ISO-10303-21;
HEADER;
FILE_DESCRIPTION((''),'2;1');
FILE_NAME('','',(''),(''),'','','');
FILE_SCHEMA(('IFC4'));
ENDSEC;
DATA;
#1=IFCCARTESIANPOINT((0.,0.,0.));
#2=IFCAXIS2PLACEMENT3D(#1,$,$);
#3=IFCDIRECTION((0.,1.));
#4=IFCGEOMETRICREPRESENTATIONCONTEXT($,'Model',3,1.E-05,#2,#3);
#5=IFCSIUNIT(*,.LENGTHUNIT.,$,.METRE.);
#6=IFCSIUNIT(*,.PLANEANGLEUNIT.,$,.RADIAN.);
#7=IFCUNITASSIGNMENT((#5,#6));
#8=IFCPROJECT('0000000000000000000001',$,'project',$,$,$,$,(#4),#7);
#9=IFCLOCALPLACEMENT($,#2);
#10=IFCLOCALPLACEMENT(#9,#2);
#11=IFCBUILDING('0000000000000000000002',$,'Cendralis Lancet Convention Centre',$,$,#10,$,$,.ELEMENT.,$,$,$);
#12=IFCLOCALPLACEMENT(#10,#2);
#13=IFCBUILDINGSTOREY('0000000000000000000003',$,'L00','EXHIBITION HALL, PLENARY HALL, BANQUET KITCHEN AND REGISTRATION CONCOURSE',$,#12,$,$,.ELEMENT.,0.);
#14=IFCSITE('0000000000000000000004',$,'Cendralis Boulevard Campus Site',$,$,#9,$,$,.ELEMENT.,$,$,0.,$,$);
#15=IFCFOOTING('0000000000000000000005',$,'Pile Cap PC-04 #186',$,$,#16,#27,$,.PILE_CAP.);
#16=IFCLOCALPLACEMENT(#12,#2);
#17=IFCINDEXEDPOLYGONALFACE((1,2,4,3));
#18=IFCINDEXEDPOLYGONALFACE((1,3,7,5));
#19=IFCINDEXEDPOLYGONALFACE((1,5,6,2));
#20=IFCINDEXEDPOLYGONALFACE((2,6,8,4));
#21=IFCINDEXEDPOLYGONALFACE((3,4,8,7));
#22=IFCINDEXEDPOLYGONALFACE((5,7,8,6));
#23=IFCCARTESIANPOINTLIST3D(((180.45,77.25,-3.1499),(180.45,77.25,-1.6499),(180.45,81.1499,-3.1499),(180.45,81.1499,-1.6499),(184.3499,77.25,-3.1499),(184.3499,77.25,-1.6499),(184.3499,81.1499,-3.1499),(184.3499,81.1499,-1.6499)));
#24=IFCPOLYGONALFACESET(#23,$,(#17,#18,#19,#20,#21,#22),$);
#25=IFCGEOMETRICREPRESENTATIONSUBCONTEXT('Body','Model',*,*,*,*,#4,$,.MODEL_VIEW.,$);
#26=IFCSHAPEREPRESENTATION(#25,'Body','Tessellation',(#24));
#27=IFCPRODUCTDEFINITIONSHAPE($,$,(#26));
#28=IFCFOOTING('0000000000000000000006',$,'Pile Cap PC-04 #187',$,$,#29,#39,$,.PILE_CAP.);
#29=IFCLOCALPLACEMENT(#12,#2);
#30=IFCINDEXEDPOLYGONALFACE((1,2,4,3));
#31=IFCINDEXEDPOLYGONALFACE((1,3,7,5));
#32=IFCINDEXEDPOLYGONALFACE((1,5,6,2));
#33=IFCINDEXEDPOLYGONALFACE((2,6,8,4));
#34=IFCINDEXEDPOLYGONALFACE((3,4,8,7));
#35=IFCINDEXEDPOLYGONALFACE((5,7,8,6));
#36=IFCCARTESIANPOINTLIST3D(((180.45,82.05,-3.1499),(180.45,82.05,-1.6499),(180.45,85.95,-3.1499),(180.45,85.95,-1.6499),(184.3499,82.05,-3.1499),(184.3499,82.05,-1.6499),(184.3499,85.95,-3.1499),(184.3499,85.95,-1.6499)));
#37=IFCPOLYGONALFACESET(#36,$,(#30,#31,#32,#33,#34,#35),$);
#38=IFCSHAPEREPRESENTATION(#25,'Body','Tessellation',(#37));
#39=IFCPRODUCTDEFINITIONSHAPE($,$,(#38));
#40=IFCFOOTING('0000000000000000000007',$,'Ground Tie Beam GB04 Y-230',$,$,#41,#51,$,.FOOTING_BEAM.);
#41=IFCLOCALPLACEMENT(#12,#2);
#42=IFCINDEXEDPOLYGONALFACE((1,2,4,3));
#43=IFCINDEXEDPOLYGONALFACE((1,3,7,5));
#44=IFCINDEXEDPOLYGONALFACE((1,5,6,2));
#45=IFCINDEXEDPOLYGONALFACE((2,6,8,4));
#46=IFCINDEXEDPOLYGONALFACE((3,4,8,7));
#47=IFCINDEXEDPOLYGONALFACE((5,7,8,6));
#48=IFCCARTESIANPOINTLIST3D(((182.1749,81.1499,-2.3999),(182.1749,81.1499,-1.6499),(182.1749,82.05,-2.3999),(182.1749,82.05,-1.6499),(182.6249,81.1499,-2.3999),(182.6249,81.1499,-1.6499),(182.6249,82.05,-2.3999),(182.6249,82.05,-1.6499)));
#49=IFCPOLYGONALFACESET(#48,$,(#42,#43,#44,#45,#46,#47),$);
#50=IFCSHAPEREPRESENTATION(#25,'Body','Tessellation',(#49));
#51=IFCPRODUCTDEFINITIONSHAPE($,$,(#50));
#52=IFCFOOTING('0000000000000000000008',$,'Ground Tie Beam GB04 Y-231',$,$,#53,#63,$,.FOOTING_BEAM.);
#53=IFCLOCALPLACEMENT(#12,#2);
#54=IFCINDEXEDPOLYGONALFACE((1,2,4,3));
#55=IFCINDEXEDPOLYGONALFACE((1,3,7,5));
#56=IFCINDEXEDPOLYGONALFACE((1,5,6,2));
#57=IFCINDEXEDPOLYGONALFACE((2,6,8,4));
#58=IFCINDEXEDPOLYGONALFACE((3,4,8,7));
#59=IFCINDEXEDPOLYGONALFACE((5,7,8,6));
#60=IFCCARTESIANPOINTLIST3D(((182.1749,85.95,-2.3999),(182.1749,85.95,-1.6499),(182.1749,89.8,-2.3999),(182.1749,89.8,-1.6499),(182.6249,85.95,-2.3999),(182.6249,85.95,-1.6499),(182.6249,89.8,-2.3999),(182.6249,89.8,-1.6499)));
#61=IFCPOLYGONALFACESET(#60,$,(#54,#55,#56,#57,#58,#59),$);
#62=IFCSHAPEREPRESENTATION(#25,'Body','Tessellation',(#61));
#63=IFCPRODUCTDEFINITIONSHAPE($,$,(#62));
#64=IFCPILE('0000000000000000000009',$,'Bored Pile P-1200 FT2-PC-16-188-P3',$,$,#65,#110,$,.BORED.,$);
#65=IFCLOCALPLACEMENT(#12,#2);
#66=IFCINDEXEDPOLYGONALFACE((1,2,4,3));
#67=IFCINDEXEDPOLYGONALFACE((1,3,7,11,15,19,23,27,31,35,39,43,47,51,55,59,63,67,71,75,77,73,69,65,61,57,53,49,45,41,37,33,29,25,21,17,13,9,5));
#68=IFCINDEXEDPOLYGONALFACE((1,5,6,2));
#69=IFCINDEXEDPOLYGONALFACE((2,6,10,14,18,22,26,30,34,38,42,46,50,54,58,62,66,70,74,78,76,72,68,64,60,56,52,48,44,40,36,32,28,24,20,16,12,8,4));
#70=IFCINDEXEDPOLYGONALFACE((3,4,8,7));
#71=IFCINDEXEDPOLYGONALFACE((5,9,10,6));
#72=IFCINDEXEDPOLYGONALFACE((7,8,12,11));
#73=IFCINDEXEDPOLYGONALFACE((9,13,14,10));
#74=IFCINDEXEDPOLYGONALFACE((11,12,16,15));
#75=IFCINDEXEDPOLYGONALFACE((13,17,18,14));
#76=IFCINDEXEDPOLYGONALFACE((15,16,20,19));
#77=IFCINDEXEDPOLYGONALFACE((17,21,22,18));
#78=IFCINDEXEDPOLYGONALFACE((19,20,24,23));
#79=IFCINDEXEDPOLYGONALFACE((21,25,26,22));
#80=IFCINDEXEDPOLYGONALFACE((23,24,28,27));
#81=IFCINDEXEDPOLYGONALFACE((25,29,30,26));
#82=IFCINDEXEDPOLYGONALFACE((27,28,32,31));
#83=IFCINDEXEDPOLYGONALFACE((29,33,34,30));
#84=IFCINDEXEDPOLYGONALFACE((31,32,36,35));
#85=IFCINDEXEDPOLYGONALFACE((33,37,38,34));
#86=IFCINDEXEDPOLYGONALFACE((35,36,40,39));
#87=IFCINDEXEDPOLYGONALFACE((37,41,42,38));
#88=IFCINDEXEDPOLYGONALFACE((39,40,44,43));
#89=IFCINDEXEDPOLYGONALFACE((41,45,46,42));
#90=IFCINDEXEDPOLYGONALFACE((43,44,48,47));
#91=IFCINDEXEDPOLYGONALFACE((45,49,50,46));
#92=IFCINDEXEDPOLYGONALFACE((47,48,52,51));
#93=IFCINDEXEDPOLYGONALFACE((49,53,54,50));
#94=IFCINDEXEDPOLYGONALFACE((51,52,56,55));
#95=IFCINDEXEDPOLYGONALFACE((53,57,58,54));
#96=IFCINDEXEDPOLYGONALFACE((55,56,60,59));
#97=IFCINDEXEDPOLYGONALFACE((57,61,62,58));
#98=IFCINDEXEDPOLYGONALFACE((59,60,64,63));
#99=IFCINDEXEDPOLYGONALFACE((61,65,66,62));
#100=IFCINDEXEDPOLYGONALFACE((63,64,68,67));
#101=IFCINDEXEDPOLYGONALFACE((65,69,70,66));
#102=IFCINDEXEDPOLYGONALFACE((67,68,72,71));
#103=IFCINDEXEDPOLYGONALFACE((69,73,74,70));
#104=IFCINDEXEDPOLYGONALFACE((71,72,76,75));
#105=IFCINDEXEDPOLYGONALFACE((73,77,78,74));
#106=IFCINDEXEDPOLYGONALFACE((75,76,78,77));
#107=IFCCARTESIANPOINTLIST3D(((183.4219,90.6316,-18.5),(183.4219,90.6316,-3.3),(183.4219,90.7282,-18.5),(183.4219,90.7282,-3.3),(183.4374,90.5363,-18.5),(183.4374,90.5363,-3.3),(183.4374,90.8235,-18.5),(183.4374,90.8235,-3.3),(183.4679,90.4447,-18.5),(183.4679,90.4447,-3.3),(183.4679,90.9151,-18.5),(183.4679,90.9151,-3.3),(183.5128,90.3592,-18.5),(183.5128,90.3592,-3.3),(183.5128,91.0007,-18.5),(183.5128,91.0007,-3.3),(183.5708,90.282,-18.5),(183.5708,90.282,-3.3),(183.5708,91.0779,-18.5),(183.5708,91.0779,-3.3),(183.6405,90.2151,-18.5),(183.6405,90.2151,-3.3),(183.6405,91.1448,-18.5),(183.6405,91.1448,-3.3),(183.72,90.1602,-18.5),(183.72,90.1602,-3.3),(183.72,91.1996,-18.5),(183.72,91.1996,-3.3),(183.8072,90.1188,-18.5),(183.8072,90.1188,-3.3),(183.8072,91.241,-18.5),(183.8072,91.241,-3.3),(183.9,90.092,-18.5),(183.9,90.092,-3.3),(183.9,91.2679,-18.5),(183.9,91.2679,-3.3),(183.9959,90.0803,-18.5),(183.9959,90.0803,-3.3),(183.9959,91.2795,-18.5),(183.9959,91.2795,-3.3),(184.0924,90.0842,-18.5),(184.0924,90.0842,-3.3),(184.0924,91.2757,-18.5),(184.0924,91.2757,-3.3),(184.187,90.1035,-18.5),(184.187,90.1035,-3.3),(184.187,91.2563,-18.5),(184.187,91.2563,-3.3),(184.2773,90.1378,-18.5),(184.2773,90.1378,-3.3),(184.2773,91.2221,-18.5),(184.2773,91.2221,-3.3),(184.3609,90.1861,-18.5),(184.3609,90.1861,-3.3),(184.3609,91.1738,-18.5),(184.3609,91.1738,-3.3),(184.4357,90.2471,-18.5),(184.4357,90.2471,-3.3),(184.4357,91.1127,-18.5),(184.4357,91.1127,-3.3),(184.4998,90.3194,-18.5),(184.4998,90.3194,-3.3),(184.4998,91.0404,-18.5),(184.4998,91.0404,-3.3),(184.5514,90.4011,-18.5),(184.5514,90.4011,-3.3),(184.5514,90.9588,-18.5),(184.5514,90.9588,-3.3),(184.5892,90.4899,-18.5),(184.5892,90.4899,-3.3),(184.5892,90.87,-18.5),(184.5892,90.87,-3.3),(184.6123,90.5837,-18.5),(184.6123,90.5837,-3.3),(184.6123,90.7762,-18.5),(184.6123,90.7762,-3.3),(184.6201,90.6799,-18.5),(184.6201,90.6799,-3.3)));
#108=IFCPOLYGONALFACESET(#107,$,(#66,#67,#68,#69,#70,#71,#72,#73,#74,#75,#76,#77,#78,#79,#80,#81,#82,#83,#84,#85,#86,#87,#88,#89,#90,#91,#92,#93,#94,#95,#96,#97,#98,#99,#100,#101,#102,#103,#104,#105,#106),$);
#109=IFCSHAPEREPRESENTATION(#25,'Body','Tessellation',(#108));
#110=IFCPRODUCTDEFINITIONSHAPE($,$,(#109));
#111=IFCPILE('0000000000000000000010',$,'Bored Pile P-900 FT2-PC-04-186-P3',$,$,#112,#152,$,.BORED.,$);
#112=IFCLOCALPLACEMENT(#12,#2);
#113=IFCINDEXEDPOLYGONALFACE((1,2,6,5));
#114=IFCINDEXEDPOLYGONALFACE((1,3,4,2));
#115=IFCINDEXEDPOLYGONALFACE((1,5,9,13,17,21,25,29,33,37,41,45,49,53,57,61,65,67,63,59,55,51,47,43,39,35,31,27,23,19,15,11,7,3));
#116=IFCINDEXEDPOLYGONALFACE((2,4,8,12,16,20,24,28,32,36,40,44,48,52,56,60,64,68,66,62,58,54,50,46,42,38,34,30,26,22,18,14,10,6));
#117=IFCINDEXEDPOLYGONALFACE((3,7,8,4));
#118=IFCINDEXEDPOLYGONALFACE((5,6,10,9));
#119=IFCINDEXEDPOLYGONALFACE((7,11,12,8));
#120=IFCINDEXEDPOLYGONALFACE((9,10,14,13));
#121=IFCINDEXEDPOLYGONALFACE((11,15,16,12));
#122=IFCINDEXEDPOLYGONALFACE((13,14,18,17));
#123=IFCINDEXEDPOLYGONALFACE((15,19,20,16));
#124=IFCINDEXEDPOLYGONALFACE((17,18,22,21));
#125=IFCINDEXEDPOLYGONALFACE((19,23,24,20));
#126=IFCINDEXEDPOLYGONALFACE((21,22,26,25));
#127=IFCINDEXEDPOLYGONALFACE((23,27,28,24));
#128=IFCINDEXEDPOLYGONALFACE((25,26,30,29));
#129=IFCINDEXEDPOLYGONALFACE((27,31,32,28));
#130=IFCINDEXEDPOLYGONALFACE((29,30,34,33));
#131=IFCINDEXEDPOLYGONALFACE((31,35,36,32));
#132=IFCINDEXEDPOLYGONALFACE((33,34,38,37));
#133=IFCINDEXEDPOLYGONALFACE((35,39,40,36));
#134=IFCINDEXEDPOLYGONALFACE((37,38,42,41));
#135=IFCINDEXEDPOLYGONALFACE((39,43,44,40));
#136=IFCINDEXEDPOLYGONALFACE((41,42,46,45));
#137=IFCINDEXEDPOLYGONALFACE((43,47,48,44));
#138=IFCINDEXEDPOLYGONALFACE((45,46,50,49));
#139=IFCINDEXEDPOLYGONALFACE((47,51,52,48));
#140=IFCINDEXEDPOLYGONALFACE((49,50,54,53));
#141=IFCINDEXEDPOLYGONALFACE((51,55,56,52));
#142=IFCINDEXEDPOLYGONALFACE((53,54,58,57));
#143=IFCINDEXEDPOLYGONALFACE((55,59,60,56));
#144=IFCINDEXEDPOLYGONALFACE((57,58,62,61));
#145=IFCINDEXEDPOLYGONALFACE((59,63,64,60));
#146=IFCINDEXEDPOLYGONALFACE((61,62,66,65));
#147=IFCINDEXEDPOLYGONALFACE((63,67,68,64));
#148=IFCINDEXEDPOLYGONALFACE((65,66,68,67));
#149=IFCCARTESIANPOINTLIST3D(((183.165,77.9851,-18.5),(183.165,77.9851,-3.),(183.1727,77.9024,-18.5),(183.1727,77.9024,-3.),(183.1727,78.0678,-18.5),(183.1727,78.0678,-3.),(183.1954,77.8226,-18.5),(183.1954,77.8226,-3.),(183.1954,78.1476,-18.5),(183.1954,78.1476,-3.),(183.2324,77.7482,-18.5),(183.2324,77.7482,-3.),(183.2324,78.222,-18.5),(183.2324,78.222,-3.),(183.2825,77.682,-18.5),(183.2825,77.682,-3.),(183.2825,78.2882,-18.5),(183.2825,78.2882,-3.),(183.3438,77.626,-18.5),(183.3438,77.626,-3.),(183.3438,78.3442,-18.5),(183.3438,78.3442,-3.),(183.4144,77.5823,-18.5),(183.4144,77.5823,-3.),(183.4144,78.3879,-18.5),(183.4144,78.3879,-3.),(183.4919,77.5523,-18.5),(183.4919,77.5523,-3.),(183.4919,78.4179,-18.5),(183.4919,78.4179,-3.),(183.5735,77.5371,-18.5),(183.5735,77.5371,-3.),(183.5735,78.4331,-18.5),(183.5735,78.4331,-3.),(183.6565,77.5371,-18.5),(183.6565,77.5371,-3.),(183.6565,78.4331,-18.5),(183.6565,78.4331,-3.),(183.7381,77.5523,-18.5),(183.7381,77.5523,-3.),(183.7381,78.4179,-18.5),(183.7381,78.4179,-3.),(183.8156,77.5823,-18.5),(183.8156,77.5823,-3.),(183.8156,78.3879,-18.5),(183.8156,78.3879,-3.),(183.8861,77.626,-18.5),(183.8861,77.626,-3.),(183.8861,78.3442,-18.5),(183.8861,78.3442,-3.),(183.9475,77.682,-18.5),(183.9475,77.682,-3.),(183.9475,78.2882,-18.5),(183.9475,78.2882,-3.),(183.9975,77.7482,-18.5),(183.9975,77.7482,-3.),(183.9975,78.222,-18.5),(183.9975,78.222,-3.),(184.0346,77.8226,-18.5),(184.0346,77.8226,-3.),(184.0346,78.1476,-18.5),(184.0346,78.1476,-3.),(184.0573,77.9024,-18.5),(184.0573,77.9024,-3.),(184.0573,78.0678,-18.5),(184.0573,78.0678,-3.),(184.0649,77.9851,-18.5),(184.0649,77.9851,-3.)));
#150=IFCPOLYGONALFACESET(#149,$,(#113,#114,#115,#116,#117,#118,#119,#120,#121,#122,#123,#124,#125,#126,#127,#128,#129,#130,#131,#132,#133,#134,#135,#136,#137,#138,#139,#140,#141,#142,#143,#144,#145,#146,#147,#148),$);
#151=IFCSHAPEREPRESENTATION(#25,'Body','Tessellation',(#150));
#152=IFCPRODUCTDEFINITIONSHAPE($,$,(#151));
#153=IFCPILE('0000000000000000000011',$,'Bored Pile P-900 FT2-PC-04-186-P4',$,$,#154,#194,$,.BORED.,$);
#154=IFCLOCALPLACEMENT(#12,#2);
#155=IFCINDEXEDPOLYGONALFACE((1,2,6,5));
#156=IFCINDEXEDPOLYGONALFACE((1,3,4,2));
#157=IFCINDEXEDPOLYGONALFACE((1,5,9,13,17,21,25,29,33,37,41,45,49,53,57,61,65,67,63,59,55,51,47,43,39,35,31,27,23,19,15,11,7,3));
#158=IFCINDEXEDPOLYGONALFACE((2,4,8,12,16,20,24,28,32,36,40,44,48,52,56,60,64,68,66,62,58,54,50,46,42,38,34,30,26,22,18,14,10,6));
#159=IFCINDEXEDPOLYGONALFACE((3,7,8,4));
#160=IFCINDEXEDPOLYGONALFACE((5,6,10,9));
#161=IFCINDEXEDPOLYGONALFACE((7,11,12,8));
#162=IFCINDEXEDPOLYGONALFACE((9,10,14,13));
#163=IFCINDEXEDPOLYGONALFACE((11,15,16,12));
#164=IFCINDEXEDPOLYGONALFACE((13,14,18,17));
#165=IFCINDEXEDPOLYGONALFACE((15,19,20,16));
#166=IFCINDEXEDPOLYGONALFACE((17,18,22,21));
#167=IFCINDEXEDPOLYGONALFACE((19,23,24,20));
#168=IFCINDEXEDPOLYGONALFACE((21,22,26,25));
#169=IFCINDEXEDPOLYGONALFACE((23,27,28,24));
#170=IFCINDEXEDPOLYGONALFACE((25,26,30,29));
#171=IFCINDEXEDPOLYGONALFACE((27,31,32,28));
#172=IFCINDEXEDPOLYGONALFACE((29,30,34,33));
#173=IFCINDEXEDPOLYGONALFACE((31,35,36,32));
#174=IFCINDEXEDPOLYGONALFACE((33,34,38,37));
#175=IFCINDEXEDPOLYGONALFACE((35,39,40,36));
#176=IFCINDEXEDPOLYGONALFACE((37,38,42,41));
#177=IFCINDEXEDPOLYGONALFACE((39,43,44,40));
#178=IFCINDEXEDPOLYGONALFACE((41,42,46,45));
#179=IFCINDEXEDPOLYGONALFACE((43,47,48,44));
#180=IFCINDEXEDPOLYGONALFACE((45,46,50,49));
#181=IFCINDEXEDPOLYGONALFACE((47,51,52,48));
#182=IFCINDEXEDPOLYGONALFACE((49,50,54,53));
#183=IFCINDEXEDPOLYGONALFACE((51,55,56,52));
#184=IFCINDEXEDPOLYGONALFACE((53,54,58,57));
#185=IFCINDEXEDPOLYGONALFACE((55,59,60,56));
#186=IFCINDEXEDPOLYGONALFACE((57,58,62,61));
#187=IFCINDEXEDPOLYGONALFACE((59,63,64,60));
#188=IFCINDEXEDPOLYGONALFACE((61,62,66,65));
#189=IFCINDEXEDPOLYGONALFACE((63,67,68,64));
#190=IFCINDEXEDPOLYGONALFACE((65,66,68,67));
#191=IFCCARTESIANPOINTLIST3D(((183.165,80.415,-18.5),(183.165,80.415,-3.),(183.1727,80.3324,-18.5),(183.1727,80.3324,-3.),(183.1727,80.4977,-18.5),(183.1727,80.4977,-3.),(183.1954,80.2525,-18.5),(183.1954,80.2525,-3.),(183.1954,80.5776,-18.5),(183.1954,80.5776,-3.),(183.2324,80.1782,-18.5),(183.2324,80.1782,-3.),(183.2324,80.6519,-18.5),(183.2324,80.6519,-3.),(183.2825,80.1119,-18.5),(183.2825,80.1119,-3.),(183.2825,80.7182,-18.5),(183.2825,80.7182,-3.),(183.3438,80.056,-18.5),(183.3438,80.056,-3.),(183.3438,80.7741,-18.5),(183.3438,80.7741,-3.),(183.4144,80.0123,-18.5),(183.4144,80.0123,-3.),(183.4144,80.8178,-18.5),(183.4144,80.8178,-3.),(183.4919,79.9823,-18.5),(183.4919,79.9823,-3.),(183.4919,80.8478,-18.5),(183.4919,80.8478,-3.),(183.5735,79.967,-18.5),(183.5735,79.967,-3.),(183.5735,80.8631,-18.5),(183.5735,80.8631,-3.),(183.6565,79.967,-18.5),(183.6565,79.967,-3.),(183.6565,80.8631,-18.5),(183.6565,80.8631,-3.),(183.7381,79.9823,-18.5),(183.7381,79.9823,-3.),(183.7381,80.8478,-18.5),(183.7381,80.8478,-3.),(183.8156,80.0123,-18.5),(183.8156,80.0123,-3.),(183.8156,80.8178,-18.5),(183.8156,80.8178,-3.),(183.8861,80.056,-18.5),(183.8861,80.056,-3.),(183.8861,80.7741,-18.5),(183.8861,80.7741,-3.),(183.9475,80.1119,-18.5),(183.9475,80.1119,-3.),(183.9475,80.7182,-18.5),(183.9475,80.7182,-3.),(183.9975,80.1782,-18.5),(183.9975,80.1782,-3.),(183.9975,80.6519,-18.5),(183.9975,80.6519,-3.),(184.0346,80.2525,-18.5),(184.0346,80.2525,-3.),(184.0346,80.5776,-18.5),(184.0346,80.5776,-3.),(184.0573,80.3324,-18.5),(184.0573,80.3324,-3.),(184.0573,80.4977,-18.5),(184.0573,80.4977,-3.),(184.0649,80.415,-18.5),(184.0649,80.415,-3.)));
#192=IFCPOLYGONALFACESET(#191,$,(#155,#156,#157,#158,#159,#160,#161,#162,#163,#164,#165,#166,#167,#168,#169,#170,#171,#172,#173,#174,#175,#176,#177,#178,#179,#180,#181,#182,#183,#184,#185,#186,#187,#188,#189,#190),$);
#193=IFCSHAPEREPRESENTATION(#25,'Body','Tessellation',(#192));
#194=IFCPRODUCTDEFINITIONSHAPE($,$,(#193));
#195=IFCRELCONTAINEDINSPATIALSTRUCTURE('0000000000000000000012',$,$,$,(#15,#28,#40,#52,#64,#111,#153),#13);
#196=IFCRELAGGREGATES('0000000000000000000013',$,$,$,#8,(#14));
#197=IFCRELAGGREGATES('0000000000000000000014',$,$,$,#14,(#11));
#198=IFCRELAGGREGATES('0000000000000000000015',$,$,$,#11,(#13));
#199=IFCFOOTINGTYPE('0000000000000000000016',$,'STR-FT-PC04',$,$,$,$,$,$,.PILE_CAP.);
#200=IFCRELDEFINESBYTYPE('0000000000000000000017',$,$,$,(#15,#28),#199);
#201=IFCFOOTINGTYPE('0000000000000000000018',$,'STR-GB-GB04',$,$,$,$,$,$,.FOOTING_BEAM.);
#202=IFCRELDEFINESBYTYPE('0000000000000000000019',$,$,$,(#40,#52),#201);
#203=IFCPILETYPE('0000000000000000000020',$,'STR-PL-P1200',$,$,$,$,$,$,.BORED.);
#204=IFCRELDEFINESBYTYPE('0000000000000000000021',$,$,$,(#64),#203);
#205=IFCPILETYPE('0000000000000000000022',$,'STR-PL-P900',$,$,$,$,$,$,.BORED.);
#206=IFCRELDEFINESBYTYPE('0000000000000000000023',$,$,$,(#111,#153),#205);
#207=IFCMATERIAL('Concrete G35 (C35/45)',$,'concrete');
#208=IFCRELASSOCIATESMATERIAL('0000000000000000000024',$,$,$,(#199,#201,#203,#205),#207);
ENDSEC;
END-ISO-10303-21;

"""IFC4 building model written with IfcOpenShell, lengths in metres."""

from ifc_helpers import new_model, si_unit, direction, frame, origin, origin_2d, place, context, subcontext, project, spatial, rectangle, circle, extrude, material, material_profile, profile_set, type_object, element, save


model = new_model("IFC4")

# Units and contexts
model_context = context("Model", 3, precision=1e-05, world=origin(), true_north=direction((0.0, 1.0)))
body_context = subcontext(model_context, "Body", "Model", "MODEL_VIEW")
ifc_project = project(units=[si_unit("LENGTHUNIT", "METRE"), si_unit("PLANEANGLEUNIT", "RADIAN")], contexts=[model_context])

# Site, building, storey
site_placement = place(None, origin())
site = spatial("IfcSite", under=ifc_project, at=site_placement, Name="Cendralis Boulevard Campus Site", CompositionType="ELEMENT", RefElevation=0.0)
building_placement = place(site_placement, origin())
building = spatial("IfcBuilding", under=site, at=building_placement, Name="Cendralis Lancet Convention Centre", CompositionType="ELEMENT")
storey_placement = place(building_placement, origin())
storey = spatial("IfcBuildingStorey", under=building, at=storey_placement, Name="L00", Description="EXHIBITION HALL, PLENARY HALL, BANQUET KITCHEN AND REGISTRATION CONCOURSE", CompositionType="ELEMENT", Elevation=0.0)

# Footings
ifc_material_1 = material(Name="Concrete G35 (C35/45)", Category="concrete")
footing_type_1 = type_object("IfcFootingType", Name="STR-FT-PC04", PredefinedType="PILE_CAP", material=ifc_material_1)
for number, where, z_axis, x_axis, name in (
    (1, (182.3999, 79.2, -3.1499), (0.0, 0.0, 1.0), (1.0, 0.0, 0.0), "Pile Cap PC-04 #186"),
    (2, (182.3999, 84.0, -3.1499), (0.0, 0.0, 1.0), (1.0, 0.0, 0.0), "Pile Cap PC-04 #187"),
):
    element("IfcFooting", number, at=place(storey_placement, frame(where, z_axis=z_axis, x_axis=x_axis)), inside=storey, type_object=footing_type_1, Name=name, PredefinedType="PILE_CAP", context=body_context, shape_type="SweptSolid", body=[
        extrude(rectangle(XDim=3.8999, YDim=3.8999, at=origin_2d()), origin(), (0.0, 0.0, 1.0), 1.5),
    ])
ifc_material_profile_1 = material_profile(ifc_material_1, rectangle(XDim=0.45, YDim=0.75, at=origin_2d()), Name="RCB 450x750")
ifc_profile_set_1 = profile_set([ifc_material_profile_1], Name="Concrete G35 (C35/45)")
footing_type_2 = type_object("IfcFootingType", Name="STR-GB-GB04", PredefinedType="FOOTING_BEAM", material=ifc_profile_set_1)
footing_1_placement = place(storey_placement, frame((182.3999, 81.1499, -2.0249), z_axis=(0.0, 1.0, 0.0), x_axis=(-1.0, 0.0, 0.0)))
element("IfcFooting", 3, at=footing_1_placement, inside=storey, type_object=footing_type_2, Name="Ground Tie Beam GB04 Y-230", PredefinedType="FOOTING_BEAM", context=body_context, shape_type="SweptSolid", body=[
    extrude(rectangle(XDim=0.45, YDim=0.75, at=origin_2d()), origin(), (0.0, 0.0, 1.0), 0.9001),
])
footing_2_placement = place(storey_placement, frame((182.3999, 85.95, -2.0249), z_axis=(0.0, 1.0, 0.0), x_axis=(-1.0, 0.0, 0.0)))
element("IfcFooting", 4, at=footing_2_placement, inside=storey, type_object=footing_type_2, Name="Ground Tie Beam GB04 Y-231", PredefinedType="FOOTING_BEAM", context=body_context, shape_type="SweptSolid", body=[
    extrude(rectangle(XDim=0.45, YDim=0.75, at=origin_2d()), origin(), (0.0, 0.0, 1.0), 3.8501),
])

# Piles
ifc_material_profile_2 = material_profile(ifc_material_1, circle(Radius=0.6001, at=origin_2d()), Name="BORED PILE D1200")
ifc_profile_set_2 = profile_set([ifc_material_profile_2], Name="Concrete G35 (C35/45)")
pile_type_1 = type_object("IfcPileType", Name="STR-PL-P1200", PredefinedType="BORED", material=ifc_profile_set_2)
pile_placement = place(storey_placement, frame((184.02, 90.6799, -3.3), z_axis=(0.0, 0.0, -1.0), x_axis=(1.0, 0.0, 0.0)))
element("IfcPile", 5, at=pile_placement, inside=storey, type_object=pile_type_1, Name="Bored Pile P-1200 FT2-PC-16-188-P3", PredefinedType="BORED", context=body_context, shape_type="SweptSolid", body=[
    extrude(circle(Radius=0.6001, at=origin_2d()), origin(), (0.0, 0.0, 1.0), 15.2),
])
ifc_material_profile_3 = material_profile(ifc_material_1, circle(Radius=0.45, at=origin_2d()), Name="BORED PILE D900")
ifc_profile_set_3 = profile_set([ifc_material_profile_3], Name="Concrete G35 (C35/45)")
pile_type_2 = type_object("IfcPileType", Name="STR-PL-P900", PredefinedType="BORED", material=ifc_profile_set_3)
for number, where, z_axis, x_axis, name in (
    (6, (183.615, 77.9851, -3.0), (0.0, 0.0, -1.0), (1.0, 0.0, 0.0), "Bored Pile P-900 FT2-PC-04-186-P3"),
    (7, (183.615, 80.415, -3.0), (0.0, 0.0, -1.0), (1.0, 0.0, 0.0), "Bored Pile P-900 FT2-PC-04-186-P4"),
):
    element("IfcPile", number, at=place(storey_placement, frame(where, z_axis=z_axis, x_axis=x_axis)), inside=storey, type_object=pile_type_2, Name=name, PredefinedType="BORED", context=body_context, shape_type="SweptSolid", body=[
        extrude(circle(Radius=0.45, at=origin_2d()), origin(), (0.0, 0.0, 1.0), 15.5),
    ])

save(model, "model.ifc")
